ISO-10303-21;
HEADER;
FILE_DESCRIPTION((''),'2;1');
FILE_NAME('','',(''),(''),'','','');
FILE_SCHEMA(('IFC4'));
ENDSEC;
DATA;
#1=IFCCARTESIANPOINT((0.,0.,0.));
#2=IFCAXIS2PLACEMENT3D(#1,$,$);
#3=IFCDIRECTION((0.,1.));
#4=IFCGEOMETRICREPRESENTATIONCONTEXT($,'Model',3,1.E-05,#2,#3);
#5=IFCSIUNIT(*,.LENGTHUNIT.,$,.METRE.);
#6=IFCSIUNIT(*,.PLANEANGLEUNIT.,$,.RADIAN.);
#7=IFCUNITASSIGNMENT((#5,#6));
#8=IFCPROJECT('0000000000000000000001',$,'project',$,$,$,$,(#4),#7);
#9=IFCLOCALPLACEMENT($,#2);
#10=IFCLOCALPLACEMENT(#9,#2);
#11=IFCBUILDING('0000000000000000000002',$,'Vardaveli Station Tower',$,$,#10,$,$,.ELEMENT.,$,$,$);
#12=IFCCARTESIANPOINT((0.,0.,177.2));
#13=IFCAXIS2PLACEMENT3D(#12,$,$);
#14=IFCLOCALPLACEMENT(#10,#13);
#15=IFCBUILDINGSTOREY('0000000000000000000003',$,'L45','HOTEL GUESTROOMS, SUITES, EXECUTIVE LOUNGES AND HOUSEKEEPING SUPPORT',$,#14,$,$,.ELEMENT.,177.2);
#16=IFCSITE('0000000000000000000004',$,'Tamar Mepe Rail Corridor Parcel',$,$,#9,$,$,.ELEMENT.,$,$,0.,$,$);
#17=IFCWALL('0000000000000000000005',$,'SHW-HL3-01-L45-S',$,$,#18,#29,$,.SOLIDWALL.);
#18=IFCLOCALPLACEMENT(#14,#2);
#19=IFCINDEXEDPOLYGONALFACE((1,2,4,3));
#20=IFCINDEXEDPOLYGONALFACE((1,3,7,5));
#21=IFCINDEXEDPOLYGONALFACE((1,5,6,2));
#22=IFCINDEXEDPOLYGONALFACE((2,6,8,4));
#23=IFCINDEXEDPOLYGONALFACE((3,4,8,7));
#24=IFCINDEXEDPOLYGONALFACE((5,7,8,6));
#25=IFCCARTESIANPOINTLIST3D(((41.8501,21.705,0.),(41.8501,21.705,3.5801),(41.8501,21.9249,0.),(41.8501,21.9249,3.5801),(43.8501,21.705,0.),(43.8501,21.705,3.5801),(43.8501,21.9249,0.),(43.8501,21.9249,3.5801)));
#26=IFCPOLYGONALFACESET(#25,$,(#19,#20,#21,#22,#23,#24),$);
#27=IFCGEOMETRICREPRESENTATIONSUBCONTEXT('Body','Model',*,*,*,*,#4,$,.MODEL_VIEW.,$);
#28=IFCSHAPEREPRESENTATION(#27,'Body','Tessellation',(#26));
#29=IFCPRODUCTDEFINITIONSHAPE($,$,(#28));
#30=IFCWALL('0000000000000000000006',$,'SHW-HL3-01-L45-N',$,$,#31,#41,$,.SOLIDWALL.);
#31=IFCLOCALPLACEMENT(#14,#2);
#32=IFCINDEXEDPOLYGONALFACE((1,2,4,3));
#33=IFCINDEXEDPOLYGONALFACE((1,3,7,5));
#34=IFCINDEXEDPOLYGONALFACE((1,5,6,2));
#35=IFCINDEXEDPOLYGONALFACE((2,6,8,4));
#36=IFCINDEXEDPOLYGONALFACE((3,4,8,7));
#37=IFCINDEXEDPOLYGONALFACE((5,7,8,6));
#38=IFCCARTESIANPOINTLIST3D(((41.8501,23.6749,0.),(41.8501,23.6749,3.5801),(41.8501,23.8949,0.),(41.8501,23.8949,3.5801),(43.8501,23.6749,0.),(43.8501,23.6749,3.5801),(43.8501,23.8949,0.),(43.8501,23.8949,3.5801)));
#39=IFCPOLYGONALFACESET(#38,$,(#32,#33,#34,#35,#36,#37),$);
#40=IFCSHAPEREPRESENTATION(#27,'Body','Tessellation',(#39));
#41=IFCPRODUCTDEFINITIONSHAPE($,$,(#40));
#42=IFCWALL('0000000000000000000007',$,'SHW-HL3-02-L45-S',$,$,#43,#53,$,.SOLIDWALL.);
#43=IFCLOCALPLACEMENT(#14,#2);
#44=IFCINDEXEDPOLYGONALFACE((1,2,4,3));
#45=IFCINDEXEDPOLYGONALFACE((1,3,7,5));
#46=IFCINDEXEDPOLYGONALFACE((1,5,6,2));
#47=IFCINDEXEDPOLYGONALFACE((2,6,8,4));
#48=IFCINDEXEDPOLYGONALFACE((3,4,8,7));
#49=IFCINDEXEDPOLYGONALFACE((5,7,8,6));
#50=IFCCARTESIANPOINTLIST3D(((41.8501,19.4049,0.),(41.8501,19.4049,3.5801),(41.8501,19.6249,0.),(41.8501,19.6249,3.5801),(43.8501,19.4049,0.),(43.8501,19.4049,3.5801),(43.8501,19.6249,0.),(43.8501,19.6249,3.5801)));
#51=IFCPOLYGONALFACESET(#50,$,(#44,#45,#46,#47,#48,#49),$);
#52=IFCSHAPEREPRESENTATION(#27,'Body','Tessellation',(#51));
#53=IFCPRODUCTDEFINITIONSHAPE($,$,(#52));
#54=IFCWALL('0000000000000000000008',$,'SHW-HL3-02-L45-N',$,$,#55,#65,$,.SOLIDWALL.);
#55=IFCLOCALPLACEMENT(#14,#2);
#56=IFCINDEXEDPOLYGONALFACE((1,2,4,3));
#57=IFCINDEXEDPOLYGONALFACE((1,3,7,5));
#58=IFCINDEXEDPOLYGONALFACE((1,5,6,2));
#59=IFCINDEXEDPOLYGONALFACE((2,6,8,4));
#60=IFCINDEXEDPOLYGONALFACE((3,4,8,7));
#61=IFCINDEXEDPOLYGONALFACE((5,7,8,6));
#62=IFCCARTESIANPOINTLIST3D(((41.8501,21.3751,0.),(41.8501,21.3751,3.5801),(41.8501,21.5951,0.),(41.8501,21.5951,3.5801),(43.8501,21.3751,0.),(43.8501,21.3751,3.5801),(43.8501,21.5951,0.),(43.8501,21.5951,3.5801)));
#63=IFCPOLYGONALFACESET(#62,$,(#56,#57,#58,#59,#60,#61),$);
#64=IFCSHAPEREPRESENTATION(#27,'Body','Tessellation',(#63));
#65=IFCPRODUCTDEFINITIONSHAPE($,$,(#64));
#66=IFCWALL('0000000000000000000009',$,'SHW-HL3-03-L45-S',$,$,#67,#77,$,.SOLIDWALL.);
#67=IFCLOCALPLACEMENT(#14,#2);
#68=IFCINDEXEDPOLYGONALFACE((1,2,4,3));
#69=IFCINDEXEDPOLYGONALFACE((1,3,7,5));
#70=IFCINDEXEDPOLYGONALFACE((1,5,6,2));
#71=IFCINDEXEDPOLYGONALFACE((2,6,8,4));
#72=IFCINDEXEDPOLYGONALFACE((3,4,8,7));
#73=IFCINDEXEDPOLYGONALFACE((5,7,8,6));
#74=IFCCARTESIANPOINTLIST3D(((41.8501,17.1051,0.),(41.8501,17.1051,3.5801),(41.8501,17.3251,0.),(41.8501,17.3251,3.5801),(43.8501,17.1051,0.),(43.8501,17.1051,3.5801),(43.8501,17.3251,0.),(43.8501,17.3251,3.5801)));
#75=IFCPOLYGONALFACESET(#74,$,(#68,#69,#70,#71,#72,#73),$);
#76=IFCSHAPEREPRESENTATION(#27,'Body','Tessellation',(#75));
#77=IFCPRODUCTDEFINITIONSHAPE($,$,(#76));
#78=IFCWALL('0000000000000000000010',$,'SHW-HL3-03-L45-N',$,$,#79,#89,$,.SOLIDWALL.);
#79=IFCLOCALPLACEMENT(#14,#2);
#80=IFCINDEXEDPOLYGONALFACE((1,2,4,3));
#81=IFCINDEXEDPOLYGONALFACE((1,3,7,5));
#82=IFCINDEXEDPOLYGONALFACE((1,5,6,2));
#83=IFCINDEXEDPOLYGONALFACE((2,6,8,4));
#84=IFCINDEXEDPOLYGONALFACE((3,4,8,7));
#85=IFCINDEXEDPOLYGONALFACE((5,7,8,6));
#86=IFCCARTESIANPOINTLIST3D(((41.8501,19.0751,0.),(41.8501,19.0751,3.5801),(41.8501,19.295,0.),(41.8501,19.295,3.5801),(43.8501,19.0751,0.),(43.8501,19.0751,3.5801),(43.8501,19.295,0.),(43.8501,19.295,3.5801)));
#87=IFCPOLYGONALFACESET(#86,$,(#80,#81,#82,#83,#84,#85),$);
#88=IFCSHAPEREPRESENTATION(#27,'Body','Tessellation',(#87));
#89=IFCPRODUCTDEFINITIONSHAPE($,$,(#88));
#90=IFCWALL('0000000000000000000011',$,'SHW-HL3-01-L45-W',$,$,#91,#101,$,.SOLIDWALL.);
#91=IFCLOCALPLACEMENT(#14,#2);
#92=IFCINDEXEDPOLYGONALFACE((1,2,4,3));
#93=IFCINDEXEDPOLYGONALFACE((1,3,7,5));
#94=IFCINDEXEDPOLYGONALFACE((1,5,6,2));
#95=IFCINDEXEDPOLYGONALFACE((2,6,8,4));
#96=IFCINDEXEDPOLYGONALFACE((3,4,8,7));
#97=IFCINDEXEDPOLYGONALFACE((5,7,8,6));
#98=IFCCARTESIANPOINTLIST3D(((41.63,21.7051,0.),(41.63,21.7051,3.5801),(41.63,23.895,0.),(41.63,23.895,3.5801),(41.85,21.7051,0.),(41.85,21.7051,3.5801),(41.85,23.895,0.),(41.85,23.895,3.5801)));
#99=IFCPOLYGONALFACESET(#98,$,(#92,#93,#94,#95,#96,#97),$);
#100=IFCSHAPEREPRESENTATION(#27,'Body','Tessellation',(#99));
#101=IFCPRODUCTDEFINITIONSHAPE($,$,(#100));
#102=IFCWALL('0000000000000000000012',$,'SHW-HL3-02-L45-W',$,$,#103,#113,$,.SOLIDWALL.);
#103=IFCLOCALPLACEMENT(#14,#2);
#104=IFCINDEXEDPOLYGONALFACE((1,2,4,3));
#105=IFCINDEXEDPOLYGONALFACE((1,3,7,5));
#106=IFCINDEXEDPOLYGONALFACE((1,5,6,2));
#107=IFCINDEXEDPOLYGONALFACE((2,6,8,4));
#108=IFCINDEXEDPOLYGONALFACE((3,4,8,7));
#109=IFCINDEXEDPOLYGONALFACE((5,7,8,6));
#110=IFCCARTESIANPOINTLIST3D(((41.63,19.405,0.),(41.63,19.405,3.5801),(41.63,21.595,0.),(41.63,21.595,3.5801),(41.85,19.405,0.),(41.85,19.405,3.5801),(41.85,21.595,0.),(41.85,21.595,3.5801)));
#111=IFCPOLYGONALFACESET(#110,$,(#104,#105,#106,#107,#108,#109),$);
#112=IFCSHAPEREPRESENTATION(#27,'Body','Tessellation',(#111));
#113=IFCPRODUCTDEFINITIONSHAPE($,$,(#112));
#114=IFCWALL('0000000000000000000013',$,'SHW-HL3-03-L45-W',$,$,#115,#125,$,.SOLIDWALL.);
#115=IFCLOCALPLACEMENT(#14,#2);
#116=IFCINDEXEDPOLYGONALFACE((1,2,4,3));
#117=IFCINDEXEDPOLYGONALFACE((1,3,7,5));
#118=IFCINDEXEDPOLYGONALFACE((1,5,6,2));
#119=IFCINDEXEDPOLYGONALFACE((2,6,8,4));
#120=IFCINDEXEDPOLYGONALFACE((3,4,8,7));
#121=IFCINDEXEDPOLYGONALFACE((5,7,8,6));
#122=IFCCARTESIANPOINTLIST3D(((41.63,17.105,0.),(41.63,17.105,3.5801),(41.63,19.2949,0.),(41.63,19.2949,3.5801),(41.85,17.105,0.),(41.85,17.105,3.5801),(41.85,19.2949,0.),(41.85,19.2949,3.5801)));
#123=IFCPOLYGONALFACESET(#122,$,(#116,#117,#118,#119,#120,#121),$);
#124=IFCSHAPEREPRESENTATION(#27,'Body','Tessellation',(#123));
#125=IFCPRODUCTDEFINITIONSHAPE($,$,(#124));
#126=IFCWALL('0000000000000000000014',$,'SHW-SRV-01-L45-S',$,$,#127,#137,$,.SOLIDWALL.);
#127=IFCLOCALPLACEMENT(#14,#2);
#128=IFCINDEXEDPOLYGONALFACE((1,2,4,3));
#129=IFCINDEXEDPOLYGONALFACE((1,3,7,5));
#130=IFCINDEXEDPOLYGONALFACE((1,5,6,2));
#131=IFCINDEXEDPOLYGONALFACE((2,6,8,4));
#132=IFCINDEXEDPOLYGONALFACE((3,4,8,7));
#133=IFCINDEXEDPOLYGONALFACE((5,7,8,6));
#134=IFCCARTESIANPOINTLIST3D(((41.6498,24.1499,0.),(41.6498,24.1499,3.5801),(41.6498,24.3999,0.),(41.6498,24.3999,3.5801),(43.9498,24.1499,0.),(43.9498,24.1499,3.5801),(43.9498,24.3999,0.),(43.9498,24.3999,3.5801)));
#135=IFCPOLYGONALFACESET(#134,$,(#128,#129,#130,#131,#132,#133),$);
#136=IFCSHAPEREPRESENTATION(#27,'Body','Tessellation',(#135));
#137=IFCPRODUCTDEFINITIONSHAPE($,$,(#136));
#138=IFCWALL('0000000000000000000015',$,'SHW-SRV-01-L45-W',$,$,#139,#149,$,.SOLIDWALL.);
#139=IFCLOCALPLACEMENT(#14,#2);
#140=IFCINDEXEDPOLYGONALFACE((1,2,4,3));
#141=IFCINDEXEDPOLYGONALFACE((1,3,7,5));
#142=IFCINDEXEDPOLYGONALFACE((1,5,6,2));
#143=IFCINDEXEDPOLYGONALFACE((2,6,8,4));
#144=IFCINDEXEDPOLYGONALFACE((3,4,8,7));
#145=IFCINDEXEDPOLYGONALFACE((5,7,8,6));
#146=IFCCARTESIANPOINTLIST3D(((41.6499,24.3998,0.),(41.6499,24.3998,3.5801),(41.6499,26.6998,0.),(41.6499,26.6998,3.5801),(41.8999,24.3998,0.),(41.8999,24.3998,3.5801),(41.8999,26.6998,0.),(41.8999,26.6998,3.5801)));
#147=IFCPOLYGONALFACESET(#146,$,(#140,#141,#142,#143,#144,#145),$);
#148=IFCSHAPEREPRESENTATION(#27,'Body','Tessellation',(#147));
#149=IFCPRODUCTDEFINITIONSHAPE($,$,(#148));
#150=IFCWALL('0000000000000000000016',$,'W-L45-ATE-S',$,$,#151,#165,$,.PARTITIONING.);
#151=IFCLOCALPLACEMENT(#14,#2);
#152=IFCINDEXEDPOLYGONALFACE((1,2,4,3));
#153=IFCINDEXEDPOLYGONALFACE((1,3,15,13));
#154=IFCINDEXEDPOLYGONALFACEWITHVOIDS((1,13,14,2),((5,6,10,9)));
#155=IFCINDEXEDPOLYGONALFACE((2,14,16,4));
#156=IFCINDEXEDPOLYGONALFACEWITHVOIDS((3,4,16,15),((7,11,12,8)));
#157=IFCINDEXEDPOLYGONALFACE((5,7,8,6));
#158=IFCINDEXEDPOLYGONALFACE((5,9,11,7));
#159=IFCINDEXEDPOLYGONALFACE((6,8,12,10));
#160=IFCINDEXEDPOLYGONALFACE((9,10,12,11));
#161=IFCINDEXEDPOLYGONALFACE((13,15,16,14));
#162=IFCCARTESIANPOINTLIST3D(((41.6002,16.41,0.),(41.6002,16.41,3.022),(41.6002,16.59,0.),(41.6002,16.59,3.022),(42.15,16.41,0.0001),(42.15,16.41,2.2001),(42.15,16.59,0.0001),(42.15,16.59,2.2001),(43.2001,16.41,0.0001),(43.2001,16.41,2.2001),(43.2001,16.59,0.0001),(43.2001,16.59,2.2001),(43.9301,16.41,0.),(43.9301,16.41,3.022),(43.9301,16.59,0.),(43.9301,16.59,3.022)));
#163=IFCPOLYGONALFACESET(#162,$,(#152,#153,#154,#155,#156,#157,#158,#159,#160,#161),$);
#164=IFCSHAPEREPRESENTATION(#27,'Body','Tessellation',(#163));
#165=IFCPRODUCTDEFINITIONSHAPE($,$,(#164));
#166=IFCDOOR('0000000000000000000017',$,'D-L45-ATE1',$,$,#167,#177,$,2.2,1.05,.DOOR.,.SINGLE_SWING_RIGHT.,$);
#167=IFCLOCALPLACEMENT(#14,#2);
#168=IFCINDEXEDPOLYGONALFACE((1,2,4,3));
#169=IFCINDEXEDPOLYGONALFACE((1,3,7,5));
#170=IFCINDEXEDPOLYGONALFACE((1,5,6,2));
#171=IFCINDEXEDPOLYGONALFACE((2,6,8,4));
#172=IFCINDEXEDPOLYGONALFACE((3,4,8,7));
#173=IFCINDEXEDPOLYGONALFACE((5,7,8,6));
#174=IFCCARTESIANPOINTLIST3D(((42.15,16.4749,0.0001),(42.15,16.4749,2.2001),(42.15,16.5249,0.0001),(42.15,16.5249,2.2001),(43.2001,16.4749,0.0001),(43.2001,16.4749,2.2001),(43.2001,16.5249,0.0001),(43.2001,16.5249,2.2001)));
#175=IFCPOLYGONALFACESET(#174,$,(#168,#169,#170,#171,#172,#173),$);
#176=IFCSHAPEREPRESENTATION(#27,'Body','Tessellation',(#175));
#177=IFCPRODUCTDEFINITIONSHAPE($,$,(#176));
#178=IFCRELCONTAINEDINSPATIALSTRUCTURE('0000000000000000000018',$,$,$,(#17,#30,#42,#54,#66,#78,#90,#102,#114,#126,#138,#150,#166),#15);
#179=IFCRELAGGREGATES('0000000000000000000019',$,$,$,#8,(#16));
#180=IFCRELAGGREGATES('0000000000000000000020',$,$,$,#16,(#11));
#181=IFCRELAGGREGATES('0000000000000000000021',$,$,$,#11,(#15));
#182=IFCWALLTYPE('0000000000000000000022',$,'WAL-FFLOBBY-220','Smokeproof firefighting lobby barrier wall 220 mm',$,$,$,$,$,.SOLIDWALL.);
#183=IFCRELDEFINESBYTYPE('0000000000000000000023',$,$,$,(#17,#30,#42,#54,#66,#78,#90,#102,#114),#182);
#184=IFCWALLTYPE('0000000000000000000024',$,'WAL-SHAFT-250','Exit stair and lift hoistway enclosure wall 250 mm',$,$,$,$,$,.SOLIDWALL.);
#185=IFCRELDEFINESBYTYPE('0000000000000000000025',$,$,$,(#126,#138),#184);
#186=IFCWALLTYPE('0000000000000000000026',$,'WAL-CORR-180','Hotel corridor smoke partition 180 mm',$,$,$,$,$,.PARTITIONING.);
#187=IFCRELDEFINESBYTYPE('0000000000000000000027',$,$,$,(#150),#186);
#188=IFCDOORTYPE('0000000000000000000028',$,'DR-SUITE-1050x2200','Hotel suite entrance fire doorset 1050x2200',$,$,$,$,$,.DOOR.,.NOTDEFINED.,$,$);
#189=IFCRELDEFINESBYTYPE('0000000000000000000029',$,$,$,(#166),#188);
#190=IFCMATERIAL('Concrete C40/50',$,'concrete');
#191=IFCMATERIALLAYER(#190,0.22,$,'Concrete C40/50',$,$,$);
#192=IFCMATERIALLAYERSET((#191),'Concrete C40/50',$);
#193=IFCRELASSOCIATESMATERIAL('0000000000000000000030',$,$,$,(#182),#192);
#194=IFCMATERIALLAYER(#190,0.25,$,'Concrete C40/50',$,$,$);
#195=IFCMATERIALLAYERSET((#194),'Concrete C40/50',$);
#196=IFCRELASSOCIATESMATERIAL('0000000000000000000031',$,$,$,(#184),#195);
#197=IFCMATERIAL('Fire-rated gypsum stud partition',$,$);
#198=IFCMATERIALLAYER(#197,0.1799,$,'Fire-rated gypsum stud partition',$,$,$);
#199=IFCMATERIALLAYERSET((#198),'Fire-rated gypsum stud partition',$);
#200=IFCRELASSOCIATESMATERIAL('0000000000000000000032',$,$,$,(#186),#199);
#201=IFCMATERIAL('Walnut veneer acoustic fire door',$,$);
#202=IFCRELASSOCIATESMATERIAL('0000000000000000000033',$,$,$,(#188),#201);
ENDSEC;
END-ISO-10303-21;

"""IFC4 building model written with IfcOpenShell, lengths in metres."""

from ifc_helpers import new_model, si_unit, direction, frame, frame_2d, origin, place, context, subcontext, project, spatial, rectangle, extrude, source, transform, mapped, material, layer, layer_set, type_object, element, fill, save


model = new_model("IFC4")

# Units and contexts
model_context = context("Model", 3, precision=1e-05, world=origin(), true_north=direction((0.0, 1.0)))
body_context = subcontext(model_context, "Body", "Model", "MODEL_VIEW")
ifc_project = project(units=[si_unit("LENGTHUNIT", "METRE"), si_unit("PLANEANGLEUNIT", "RADIAN")], contexts=[model_context])

# Site, building, storey
site_placement = place(None, origin())
site = spatial("IfcSite", under=ifc_project, at=site_placement, Name="Tamar Mepe Rail Corridor Parcel", CompositionType="ELEMENT", RefElevation=0.0)
building_placement = place(site_placement, origin())
building = spatial("IfcBuilding", under=site, at=building_placement, Name="Vardaveli Station Tower", CompositionType="ELEMENT")
storey_placement = place(building_placement, frame((0.0, 0.0, 177.2)))
storey = spatial("IfcBuildingStorey", under=building, at=storey_placement, Name="L45", Description="HOTEL GUESTROOMS, SUITES, EXECUTIVE LOUNGES AND HOUSEKEEPING SUPPORT", CompositionType="ELEMENT", Elevation=177.2)

# Walls
ifc_material_1 = material(Name="Concrete C40/50", Category="concrete")
ifc_layer_1 = layer(ifc_material_1, 0.22, Name="Concrete C40/50")
ifc_layer_set_1 = layer_set([ifc_layer_1], Name="Concrete C40/50")
wall_type_1 = type_object("IfcWallType", Name="WAL-FFLOBBY-220", Description="Smokeproof firefighting lobby barrier wall 220 mm", PredefinedType="SOLIDWALL", material=ifc_layer_set_1)
shared_shape_1 = source(origin(), body_context, "Body", "SweptSolid", [
    extrude(rectangle(XDim=2.0, YDim=0.22, at=frame_2d((1.0, 0.0))), origin(), (0.0, 0.0, 1.0), 3.5801),
])
for number, where, z_axis, x_axis, name in (
    (1, (41.8501, 21.8149, 0.0), (0.0, 0.0, 1.0), (1.0, 0.0, 0.0), "SHW-HL3-01-L45-S"),
    (2, (41.8501, 23.7849, 0.0), (0.0, 0.0, 1.0), (1.0, 0.0, 0.0), "SHW-HL3-01-L45-N"),
    (3, (41.8501, 19.5149, 0.0), (0.0, 0.0, 1.0), (1.0, 0.0, 0.0), "SHW-HL3-02-L45-S"),
    (4, (41.8501, 21.4851, 0.0), (0.0, 0.0, 1.0), (1.0, 0.0, 0.0), "SHW-HL3-02-L45-N"),
    (5, (41.8501, 17.2151, 0.0), (0.0, 0.0, 1.0), (1.0, 0.0, 0.0), "SHW-HL3-03-L45-S"),
    (6, (41.8501, 19.1851, 0.0), (0.0, 0.0, 1.0), (1.0, 0.0, 0.0), "SHW-HL3-03-L45-N"),
):
    element("IfcWall", number, at=place(storey_placement, frame(where, z_axis=z_axis, x_axis=x_axis)), inside=storey, type_object=wall_type_1, Name=name, PredefinedType="SOLIDWALL", context=body_context, shape_type="MappedRepresentation", body=[
        mapped(shared_shape_1, transform((0.0, 0.0, 0.0), scale=1.0)),
    ])
shared_shape_2 = source(origin(), body_context, "Body", "SweptSolid", [
    extrude(rectangle(XDim=2.1899, YDim=0.22, at=frame_2d((1.095, 0.0))), origin(), (0.0, 0.0, 1.0), 3.5801),
])
for number, where, z_axis, x_axis, name in (
    (7, (41.74, 21.7051, 0.0), (0.0, 0.0, 1.0), (0.0, 1.0, 0.0), "SHW-HL3-01-L45-W"),
    (8, (41.74, 19.405, 0.0), (0.0, 0.0, 1.0), (0.0, 1.0, 0.0), "SHW-HL3-02-L45-W"),
    (9, (41.74, 17.105, 0.0), (0.0, 0.0, 1.0), (0.0, 1.0, 0.0), "SHW-HL3-03-L45-W"),
):
    element("IfcWall", number, at=place(storey_placement, frame(where, z_axis=z_axis, x_axis=x_axis)), inside=storey, type_object=wall_type_1, Name=name, PredefinedType="SOLIDWALL", context=body_context, shape_type="MappedRepresentation", body=[
        mapped(shared_shape_2, transform((0.0, 0.0, 0.0), scale=1.0)),
    ])
ifc_layer_2 = layer(ifc_material_1, 0.25, Name="Concrete C40/50")
ifc_layer_set_2 = layer_set([ifc_layer_2], Name="Concrete C40/50")
wall_type_2 = type_object("IfcWallType", Name="WAL-SHAFT-250", Description="Exit stair and lift hoistway enclosure wall 250 mm", PredefinedType="SOLIDWALL", material=ifc_layer_set_2)
shared_shape_3 = source(origin(), body_context, "Body", "SweptSolid", [
    extrude(rectangle(XDim=2.3, YDim=0.25, at=frame_2d((1.1499, 0.0))), origin(), (0.0, 0.0, 1.0), 3.5801),
])
for number, where, z_axis, x_axis, name in (
    (10, (41.6499, 24.2749, 0.0), (0.0, 0.0, 1.0), (1.0, 0.0, 0.0), "SHW-SRV-01-L45-S"),
    (11, (41.7749, 24.3999, 0.0), (0.0, 0.0, 1.0), (0.0, 1.0, 0.0), "SHW-SRV-01-L45-W"),
):
    element("IfcWall", number, at=place(storey_placement, frame(where, z_axis=z_axis, x_axis=x_axis)), inside=storey, type_object=wall_type_2, Name=name, PredefinedType="SOLIDWALL", context=body_context, shape_type="MappedRepresentation", body=[
        mapped(shared_shape_3, transform((0.0, 0.0, 0.0), scale=1.0)),
    ])

# Wall, opening, door
ifc_material_2 = material(Name="Fire-rated gypsum stud partition")
ifc_layer_3 = layer(ifc_material_2, 0.1799, Name="Fire-rated gypsum stud partition")
ifc_layer_set_3 = layer_set([ifc_layer_3], Name="Fire-rated gypsum stud partition")
wall_type_3 = type_object("IfcWallType", Name="WAL-CORR-180", Description="Hotel corridor smoke partition 180 mm", PredefinedType="PARTITIONING", material=ifc_layer_set_3)
shared_shape_4 = source(origin(), body_context, "Body", "SweptSolid", [
    extrude(rectangle(XDim=2.3298, YDim=0.1799, at=frame_2d((1.165, 0.0))), origin(), (0.0, 0.0, 1.0), 3.022),
])
wall_placement = place(storey_placement, frame((41.6001, 16.5, 0.0), z_axis=(0.0, 0.0, 1.0), x_axis=(1.0, 0.0, 0.0)))
wall = element("IfcWall", 12, at=wall_placement, inside=storey, type_object=wall_type_3, Name="W-L45-ATE-S", PredefinedType="PARTITIONING", context=body_context, shape_type="MappedRepresentation", body=[
    mapped(shared_shape_4, transform((0.0, 0.0, 0.0), scale=1.0)),
])
shared_shape_5 = source(origin(), body_context, "Body", "SweptSolid", [
    extrude(rectangle(XDim=1.05, YDim=2.2, at=frame_2d((0.5249, 1.1001))), frame((0.0, 0.1001, 0.0), z_axis=(0.0, -1.0, 0.0), x_axis=(1.0, 0.0, 0.0)), (0.0, 0.0, 1.0), 0.2),
])
opening_placement = place(wall_placement, frame((0.55, 0.0, 0.0)))
opening = element("IfcOpeningElement", 13, at=opening_placement, cuts=wall, PredefinedType="OPENING", context=body_context, shape_type="MappedRepresentation", body=[
    mapped(shared_shape_5, transform((0.0, 0.0, 0.0), scale=1.0)),
])
ifc_material_3 = material(Name="Walnut veneer acoustic fire door")
door_type = type_object("IfcDoorType", Name="DR-SUITE-1050x2200", Description="Hotel suite entrance fire doorset 1050x2200", OperationType="NOTDEFINED", PredefinedType="DOOR", material=ifc_material_3)
shared_shape_6 = source(origin(), body_context, "Body", "SweptSolid", [
    extrude(rectangle(XDim=1.05, YDim=2.2, at=frame_2d((0.5249, 1.1001))), frame((0.0, 0.0249, 0.0), z_axis=(0.0, -1.0, 0.0), x_axis=(1.0, 0.0, 0.0)), (0.0, 0.0, 1.0), 0.05),
])
door_placement = place(opening_placement, origin())
door = element("IfcDoor", 14, at=door_placement, inside=storey, type_object=door_type, Name="D-L45-ATE1", OperationType="SINGLE_SWING_RIGHT", OverallHeight=2.2, OverallWidth=1.05, PredefinedType="DOOR", context=body_context, shape_type="MappedRepresentation", body=[
    mapped(shared_shape_6, transform((0.0, 0.0, 0.0), scale=1.0)),
])
fill(opening, door)

save(model, "model.ifc")
